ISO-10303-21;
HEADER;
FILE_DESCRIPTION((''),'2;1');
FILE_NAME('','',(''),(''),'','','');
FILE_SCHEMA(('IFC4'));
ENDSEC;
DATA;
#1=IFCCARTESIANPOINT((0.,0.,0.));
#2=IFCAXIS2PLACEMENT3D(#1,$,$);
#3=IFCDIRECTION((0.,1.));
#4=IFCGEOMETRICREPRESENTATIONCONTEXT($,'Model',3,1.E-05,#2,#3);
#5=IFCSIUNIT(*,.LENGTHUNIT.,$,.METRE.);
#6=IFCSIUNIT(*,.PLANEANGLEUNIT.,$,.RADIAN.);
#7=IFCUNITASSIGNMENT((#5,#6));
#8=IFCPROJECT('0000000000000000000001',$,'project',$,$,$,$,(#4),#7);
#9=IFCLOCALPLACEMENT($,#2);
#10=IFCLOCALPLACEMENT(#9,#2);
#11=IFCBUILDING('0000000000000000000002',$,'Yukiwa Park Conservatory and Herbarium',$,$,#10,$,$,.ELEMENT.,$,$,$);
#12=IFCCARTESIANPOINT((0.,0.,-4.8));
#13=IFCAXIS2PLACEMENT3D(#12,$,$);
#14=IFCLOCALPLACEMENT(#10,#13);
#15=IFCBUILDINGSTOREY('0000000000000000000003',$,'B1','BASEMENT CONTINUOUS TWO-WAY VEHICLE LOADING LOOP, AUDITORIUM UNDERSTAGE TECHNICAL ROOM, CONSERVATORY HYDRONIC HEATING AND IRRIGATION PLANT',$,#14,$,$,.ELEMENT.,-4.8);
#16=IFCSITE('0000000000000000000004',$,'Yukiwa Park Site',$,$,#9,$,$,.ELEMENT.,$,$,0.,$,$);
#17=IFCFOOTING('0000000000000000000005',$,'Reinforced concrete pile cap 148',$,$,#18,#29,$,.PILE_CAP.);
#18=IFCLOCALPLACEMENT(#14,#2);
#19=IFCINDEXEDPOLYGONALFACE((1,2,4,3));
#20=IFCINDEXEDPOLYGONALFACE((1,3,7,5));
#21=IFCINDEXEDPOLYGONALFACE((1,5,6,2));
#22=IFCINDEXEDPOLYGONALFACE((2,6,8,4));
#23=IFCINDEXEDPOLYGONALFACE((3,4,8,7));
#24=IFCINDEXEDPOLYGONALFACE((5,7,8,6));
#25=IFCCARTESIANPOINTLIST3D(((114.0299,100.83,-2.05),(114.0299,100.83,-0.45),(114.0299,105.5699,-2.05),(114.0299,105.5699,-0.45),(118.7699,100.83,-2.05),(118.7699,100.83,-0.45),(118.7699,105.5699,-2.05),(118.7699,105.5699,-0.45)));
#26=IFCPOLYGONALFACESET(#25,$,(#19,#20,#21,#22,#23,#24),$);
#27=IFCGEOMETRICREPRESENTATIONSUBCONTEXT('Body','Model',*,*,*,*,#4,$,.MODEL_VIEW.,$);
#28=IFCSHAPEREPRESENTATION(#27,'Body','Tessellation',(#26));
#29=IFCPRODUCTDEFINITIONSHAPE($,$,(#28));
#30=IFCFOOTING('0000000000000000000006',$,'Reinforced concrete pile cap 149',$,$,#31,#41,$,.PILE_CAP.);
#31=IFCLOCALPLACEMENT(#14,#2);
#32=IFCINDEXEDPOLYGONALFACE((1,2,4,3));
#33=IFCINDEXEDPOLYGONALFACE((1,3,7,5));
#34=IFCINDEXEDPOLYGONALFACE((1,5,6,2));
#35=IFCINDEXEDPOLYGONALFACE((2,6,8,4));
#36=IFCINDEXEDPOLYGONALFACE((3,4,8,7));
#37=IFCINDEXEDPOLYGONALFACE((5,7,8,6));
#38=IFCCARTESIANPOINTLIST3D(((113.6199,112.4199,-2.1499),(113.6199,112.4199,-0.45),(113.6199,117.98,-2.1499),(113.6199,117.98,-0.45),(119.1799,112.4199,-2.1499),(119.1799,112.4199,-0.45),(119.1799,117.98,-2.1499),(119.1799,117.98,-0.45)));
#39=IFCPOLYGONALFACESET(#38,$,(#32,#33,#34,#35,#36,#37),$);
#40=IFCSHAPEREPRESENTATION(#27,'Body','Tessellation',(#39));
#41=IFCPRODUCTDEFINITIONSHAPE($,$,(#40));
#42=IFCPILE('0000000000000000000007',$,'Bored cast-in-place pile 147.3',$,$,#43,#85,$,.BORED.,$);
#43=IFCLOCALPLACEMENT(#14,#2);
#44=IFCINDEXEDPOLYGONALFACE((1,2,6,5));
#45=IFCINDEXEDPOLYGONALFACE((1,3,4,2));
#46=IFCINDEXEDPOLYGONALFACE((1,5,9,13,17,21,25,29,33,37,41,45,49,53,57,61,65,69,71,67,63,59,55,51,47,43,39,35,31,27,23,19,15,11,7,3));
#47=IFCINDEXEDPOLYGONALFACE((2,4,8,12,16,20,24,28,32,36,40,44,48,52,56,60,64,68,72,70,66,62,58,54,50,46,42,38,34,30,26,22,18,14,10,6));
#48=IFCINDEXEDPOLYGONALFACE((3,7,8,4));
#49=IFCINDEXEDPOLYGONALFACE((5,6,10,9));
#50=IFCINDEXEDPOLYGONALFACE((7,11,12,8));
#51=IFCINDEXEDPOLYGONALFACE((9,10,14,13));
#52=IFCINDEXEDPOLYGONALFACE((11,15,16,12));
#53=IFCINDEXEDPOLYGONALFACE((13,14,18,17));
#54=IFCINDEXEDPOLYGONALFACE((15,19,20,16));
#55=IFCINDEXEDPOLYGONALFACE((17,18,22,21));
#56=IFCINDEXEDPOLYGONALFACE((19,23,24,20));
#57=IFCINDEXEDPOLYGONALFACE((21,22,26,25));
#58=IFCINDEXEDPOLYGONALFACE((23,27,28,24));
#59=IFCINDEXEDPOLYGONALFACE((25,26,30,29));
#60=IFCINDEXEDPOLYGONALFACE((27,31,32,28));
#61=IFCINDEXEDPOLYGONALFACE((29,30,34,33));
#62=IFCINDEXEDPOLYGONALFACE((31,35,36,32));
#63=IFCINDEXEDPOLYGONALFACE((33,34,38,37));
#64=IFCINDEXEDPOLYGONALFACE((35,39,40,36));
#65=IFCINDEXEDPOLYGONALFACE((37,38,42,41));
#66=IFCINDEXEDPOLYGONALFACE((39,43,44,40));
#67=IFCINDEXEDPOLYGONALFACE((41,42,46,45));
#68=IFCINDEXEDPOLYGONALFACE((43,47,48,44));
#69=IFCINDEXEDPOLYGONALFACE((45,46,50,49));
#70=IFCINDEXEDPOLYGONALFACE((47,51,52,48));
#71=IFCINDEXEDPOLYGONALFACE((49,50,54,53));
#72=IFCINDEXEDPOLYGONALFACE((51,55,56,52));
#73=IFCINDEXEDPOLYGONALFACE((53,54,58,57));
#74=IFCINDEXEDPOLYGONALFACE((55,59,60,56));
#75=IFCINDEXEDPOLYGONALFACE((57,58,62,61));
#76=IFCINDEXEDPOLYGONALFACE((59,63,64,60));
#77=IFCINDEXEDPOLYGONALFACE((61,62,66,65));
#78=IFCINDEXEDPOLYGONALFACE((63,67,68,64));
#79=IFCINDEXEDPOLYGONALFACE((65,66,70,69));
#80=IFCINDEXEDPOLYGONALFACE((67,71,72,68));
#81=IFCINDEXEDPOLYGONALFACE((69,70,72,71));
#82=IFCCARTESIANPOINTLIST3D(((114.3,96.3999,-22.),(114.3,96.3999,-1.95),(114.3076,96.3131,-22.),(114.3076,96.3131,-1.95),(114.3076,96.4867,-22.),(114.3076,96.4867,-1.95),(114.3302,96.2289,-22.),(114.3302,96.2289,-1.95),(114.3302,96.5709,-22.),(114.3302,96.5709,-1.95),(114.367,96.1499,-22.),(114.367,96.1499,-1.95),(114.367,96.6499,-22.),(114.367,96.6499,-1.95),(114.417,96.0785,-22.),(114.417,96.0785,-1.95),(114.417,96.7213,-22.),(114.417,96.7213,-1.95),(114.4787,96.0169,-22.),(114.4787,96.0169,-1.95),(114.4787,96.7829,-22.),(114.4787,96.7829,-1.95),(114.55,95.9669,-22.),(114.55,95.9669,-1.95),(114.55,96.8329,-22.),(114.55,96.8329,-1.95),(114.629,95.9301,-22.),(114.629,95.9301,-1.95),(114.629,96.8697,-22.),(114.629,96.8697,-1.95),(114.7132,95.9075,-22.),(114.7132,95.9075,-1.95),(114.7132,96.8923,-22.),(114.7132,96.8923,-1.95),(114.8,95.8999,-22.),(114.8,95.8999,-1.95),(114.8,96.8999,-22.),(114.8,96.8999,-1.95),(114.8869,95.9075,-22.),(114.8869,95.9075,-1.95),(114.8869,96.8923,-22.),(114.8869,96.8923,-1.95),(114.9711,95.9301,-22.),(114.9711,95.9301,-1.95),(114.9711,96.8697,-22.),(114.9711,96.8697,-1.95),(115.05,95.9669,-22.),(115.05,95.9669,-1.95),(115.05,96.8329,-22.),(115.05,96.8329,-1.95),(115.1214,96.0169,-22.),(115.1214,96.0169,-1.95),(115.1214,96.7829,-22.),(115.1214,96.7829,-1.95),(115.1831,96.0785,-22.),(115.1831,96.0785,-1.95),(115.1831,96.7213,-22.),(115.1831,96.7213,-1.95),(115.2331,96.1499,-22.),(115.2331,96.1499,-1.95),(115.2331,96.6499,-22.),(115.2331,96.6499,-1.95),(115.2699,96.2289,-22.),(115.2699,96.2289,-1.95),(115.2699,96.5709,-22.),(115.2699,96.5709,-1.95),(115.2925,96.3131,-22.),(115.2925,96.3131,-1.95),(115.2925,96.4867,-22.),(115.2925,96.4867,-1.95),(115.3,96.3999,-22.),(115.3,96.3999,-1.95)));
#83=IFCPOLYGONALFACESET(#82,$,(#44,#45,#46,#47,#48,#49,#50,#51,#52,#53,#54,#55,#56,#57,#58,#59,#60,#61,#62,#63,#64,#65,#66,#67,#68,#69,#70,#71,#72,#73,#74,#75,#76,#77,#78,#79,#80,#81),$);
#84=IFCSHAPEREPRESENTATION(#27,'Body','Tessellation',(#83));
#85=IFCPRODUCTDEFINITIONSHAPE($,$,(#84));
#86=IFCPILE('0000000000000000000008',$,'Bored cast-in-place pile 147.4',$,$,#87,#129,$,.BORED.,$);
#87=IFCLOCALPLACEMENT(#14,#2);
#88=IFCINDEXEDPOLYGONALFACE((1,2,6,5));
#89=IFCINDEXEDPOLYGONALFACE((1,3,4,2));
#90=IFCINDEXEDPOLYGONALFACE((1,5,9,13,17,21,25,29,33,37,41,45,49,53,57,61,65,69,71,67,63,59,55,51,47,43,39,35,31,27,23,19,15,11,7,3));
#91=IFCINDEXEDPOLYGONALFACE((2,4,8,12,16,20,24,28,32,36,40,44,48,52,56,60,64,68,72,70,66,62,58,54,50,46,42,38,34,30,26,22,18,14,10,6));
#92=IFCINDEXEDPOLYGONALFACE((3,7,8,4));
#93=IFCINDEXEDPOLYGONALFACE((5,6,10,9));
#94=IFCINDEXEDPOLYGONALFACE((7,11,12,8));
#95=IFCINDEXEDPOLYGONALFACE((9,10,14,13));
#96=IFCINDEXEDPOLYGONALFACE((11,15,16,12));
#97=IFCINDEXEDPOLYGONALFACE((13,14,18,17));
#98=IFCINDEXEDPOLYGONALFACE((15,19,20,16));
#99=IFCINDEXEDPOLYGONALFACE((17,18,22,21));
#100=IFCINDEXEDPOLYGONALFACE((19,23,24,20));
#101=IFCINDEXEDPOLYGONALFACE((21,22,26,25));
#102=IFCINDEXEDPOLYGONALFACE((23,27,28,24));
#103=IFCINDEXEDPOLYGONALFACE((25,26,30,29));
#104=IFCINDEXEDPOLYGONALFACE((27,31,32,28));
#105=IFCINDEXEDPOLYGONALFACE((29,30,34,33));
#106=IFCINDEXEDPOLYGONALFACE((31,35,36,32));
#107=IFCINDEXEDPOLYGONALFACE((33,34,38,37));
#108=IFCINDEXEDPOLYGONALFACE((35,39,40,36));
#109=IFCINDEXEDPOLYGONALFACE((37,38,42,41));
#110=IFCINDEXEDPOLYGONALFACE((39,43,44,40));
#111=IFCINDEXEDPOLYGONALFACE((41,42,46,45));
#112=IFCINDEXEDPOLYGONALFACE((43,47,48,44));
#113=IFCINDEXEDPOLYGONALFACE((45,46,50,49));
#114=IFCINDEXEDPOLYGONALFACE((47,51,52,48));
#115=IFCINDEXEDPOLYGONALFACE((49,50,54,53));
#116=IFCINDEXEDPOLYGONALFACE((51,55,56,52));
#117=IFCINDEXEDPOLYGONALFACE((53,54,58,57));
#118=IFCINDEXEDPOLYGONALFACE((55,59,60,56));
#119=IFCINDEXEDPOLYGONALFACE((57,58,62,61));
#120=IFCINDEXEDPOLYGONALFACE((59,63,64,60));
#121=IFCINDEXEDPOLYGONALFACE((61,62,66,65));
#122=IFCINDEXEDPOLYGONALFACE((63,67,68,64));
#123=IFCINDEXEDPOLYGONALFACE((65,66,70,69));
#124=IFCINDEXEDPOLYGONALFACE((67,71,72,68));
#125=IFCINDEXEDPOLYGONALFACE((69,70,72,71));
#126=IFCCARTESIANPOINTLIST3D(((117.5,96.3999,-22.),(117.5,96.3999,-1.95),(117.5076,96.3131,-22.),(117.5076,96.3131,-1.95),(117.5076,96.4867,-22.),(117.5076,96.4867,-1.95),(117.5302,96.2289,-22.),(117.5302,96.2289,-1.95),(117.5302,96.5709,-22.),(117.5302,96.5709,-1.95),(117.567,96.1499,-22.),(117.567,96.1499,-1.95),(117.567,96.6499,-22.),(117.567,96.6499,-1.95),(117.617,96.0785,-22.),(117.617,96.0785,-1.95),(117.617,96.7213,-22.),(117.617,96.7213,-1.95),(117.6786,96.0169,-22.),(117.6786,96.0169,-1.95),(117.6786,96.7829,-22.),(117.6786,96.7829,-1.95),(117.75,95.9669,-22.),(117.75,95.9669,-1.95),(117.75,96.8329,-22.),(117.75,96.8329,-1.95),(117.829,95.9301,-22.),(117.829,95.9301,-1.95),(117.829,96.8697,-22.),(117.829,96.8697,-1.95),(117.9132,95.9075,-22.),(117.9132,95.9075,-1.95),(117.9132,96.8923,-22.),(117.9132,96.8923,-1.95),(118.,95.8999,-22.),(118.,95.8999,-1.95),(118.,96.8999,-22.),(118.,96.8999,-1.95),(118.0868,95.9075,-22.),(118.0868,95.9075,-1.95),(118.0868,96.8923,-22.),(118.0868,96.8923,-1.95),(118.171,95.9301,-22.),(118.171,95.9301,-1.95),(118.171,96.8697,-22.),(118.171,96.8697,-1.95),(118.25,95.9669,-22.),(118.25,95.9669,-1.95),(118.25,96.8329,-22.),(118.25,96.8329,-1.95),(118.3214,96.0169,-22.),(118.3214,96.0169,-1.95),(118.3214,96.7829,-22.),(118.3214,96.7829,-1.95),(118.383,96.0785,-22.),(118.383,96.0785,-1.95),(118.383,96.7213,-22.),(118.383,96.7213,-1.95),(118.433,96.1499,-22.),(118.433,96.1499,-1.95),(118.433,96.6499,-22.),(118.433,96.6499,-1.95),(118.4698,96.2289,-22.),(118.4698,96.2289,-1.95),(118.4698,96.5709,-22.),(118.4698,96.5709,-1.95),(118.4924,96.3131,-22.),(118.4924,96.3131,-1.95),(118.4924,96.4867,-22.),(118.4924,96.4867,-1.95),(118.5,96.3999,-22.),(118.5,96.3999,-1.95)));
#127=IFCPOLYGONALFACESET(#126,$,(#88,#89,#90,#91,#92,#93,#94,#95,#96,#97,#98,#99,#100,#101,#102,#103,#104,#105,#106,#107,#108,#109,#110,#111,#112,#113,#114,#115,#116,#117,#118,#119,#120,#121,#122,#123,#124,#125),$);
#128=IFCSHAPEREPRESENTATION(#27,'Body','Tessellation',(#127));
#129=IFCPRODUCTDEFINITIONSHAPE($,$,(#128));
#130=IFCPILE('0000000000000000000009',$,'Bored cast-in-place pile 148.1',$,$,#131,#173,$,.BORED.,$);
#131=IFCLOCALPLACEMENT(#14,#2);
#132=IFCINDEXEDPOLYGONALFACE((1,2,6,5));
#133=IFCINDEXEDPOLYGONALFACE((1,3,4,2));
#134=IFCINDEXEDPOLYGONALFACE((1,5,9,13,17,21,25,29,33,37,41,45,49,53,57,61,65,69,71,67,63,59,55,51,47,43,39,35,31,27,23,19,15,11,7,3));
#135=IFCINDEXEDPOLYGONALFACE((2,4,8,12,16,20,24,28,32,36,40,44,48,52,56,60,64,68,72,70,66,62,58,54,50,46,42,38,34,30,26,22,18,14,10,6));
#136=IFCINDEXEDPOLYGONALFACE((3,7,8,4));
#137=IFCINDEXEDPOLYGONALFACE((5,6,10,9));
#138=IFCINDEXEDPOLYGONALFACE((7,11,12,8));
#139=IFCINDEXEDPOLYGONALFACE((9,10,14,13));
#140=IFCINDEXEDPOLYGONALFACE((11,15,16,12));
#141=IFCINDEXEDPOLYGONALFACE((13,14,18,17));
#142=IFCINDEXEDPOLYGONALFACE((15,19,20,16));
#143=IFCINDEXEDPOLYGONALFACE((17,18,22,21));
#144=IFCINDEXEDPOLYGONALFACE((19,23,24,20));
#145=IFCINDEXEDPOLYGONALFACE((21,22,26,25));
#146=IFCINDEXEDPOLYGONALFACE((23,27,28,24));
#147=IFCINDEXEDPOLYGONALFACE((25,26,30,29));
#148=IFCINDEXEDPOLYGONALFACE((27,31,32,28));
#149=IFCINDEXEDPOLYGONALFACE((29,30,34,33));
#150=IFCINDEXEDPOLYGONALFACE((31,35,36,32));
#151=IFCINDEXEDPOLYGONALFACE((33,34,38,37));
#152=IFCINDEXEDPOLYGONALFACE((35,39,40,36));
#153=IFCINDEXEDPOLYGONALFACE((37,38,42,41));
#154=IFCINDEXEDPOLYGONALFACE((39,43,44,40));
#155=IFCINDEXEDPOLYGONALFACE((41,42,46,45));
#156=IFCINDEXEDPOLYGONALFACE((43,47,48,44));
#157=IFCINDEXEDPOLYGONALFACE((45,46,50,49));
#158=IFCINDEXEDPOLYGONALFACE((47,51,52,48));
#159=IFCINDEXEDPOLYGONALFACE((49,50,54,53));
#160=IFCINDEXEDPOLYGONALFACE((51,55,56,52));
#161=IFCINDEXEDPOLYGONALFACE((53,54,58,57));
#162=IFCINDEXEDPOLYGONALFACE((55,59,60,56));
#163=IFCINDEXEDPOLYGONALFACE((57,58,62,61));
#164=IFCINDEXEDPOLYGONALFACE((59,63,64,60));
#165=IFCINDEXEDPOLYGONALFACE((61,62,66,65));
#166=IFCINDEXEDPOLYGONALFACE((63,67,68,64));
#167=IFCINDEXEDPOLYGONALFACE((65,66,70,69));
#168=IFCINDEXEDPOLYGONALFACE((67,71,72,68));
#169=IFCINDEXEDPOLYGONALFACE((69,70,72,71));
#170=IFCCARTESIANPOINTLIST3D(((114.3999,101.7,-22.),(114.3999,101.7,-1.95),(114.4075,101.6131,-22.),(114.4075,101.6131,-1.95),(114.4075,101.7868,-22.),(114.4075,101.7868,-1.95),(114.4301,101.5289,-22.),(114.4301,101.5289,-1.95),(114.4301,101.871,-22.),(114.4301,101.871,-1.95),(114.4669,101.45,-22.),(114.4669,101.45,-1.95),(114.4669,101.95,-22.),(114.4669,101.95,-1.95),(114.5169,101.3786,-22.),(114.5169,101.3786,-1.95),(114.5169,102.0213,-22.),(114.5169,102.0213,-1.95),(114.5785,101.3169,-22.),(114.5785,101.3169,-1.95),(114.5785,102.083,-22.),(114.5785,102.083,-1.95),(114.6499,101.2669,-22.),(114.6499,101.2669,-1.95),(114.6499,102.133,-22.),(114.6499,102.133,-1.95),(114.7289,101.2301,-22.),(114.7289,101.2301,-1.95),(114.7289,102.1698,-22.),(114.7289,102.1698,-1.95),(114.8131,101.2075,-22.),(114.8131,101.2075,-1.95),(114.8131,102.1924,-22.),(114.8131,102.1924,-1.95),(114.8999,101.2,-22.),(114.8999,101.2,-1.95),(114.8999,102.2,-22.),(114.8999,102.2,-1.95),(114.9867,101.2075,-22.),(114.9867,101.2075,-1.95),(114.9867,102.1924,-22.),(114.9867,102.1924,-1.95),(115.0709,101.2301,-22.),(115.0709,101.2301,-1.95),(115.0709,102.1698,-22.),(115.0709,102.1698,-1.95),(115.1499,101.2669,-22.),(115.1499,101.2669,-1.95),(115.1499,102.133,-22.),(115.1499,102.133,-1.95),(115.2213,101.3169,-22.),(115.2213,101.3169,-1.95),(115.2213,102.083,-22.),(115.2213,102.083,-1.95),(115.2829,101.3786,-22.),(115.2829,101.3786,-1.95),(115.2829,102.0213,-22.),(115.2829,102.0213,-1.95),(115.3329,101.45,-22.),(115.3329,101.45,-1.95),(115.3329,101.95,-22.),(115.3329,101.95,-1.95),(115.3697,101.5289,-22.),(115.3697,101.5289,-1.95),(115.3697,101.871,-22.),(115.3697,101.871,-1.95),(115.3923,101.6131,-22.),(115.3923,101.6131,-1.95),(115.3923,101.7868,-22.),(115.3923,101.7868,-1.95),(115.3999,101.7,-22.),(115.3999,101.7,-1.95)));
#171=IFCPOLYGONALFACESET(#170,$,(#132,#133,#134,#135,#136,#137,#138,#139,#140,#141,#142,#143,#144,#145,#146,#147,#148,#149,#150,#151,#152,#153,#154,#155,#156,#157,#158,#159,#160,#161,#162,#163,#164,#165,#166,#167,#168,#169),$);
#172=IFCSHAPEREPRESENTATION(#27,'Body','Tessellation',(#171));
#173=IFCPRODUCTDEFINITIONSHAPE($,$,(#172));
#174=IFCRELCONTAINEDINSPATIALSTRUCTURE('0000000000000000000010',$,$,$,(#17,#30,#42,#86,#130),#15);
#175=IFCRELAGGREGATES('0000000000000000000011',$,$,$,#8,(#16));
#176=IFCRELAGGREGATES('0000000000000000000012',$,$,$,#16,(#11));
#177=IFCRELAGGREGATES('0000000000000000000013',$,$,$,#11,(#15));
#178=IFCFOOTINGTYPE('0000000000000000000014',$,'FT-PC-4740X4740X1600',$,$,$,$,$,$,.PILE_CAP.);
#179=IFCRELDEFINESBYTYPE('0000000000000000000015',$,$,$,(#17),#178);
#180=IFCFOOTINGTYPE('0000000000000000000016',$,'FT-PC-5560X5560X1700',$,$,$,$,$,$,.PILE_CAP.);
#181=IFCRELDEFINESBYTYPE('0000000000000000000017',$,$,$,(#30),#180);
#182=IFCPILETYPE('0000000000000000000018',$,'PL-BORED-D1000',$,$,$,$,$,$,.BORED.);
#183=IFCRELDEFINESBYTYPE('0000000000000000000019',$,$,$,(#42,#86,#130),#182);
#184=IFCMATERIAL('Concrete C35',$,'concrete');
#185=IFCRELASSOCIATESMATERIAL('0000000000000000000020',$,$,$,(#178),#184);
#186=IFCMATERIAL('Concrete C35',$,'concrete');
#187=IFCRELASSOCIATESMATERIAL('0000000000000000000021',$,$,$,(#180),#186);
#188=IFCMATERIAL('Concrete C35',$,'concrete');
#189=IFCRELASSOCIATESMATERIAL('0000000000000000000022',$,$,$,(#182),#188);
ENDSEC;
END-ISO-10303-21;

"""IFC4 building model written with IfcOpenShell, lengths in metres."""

from ifc_helpers import new_model, si_unit, direction, frame, origin, origin_2d, place, context, subcontext, project, spatial, rectangle, circle, extrude, material, material_profile, profile_set, type_object, element, save


model = new_model("IFC4")

# Units and contexts
model_context = context("Model", 3, precision=1e-05, world=origin(), true_north=direction((0.0, 1.0)))
body_context = subcontext(model_context, "Body", "Model", "MODEL_VIEW")
ifc_project = project(units=[si_unit("LENGTHUNIT", "METRE"), si_unit("PLANEANGLEUNIT", "RADIAN")], contexts=[model_context])

# Site, building, storey
site_placement = place(None, origin())
site = spatial("IfcSite", under=ifc_project, at=site_placement, Name="Yukiwa Park Site", CompositionType="ELEMENT", RefElevation=0.0)
building_placement = place(site_placement, origin())
building = spatial("IfcBuilding", under=site, at=building_placement, Name="Yukiwa Park Conservatory and Herbarium", CompositionType="ELEMENT")
storey_placement = place(building_placement, frame((0.0, 0.0, -4.8)))
storey = spatial("IfcBuildingStorey", under=building, at=storey_placement, Name="B1", Description="BASEMENT CONTINUOUS TWO-WAY VEHICLE LOADING LOOP, AUDITORIUM UNDERSTAGE TECHNICAL ROOM, CONSERVATORY HYDRONIC HEATING AND IRRIGATION PLANT", CompositionType="ELEMENT", Elevation=-4.8)

# Footings
ifc_material_1 = material(Name="Concrete C35", Category="concrete")
footing_type_1 = type_object("IfcFootingType", Name="FT-PC-4740X4740X1600", PredefinedType="PILE_CAP", material=ifc_material_1)
footing_1_placement = place(storey_placement, frame((116.3999, 103.2, -2.05), z_axis=(0.0, 0.0, 1.0), x_axis=(1.0, 0.0, 0.0)))
element("IfcFooting", 1, at=footing_1_placement, inside=storey, type_object=footing_type_1, Name="Reinforced concrete pile cap 148", PredefinedType="PILE_CAP", context=body_context, shape_type="SweptSolid", body=[
    extrude(rectangle(XDim=4.74, YDim=4.74, at=origin_2d()), origin(), (0.0, 0.0, 1.0), 1.6001),
])
ifc_material_2 = material(Name="Concrete C35", Category="concrete")
footing_type_2 = type_object("IfcFootingType", Name="FT-PC-5560X5560X1700", PredefinedType="PILE_CAP", material=ifc_material_2)
footing_2_placement = place(storey_placement, frame((116.3999, 115.2, -2.1499), z_axis=(0.0, 0.0, 1.0), x_axis=(1.0, 0.0, 0.0)))
element("IfcFooting", 2, at=footing_2_placement, inside=storey, type_object=footing_type_2, Name="Reinforced concrete pile cap 149", PredefinedType="PILE_CAP", context=body_context, shape_type="SweptSolid", body=[
    extrude(rectangle(XDim=5.5601, YDim=5.5601, at=origin_2d()), origin(), (0.0, 0.0, 1.0), 1.7),
])

# Piles
ifc_material_3 = material(Name="Concrete C35", Category="concrete")
ifc_material_profile_1 = material_profile(ifc_material_3, circle(Radius=0.5, at=origin_2d()), Name="PILE D1000")
ifc_profile_set_1 = profile_set([ifc_material_profile_1], Name="Concrete C35")
pile_type_1 = type_object("IfcPileType", Name="PL-BORED-D1000", PredefinedType="BORED", material=ifc_profile_set_1)
for number, where, z_axis, x_axis, name in (
    (3, (114.8, 96.3999, -1.95), (0.0, 0.0, -1.0), (1.0, 0.0, 0.0), "Bored cast-in-place pile 147.3"),
    (4, (118.0, 96.3999, -1.95), (0.0, 0.0, -1.0), (1.0, 0.0, 0.0), "Bored cast-in-place pile 147.4"),
    (5, (114.8999, 101.7, -1.95), (0.0, 0.0, -1.0), (1.0, 0.0, 0.0), "Bored cast-in-place pile 148.1"),
):
    element("IfcPile", number, at=place(storey_placement, frame(where, z_axis=z_axis, x_axis=x_axis)), inside=storey, type_object=pile_type_1, Name=name, PredefinedType="BORED", context=body_context, shape_type="SweptSolid", body=[
        extrude(circle(Radius=0.5, at=origin_2d()), origin(), (0.0, 0.0, 1.0), 20.05),
    ])

save(model, "model.ifc")
